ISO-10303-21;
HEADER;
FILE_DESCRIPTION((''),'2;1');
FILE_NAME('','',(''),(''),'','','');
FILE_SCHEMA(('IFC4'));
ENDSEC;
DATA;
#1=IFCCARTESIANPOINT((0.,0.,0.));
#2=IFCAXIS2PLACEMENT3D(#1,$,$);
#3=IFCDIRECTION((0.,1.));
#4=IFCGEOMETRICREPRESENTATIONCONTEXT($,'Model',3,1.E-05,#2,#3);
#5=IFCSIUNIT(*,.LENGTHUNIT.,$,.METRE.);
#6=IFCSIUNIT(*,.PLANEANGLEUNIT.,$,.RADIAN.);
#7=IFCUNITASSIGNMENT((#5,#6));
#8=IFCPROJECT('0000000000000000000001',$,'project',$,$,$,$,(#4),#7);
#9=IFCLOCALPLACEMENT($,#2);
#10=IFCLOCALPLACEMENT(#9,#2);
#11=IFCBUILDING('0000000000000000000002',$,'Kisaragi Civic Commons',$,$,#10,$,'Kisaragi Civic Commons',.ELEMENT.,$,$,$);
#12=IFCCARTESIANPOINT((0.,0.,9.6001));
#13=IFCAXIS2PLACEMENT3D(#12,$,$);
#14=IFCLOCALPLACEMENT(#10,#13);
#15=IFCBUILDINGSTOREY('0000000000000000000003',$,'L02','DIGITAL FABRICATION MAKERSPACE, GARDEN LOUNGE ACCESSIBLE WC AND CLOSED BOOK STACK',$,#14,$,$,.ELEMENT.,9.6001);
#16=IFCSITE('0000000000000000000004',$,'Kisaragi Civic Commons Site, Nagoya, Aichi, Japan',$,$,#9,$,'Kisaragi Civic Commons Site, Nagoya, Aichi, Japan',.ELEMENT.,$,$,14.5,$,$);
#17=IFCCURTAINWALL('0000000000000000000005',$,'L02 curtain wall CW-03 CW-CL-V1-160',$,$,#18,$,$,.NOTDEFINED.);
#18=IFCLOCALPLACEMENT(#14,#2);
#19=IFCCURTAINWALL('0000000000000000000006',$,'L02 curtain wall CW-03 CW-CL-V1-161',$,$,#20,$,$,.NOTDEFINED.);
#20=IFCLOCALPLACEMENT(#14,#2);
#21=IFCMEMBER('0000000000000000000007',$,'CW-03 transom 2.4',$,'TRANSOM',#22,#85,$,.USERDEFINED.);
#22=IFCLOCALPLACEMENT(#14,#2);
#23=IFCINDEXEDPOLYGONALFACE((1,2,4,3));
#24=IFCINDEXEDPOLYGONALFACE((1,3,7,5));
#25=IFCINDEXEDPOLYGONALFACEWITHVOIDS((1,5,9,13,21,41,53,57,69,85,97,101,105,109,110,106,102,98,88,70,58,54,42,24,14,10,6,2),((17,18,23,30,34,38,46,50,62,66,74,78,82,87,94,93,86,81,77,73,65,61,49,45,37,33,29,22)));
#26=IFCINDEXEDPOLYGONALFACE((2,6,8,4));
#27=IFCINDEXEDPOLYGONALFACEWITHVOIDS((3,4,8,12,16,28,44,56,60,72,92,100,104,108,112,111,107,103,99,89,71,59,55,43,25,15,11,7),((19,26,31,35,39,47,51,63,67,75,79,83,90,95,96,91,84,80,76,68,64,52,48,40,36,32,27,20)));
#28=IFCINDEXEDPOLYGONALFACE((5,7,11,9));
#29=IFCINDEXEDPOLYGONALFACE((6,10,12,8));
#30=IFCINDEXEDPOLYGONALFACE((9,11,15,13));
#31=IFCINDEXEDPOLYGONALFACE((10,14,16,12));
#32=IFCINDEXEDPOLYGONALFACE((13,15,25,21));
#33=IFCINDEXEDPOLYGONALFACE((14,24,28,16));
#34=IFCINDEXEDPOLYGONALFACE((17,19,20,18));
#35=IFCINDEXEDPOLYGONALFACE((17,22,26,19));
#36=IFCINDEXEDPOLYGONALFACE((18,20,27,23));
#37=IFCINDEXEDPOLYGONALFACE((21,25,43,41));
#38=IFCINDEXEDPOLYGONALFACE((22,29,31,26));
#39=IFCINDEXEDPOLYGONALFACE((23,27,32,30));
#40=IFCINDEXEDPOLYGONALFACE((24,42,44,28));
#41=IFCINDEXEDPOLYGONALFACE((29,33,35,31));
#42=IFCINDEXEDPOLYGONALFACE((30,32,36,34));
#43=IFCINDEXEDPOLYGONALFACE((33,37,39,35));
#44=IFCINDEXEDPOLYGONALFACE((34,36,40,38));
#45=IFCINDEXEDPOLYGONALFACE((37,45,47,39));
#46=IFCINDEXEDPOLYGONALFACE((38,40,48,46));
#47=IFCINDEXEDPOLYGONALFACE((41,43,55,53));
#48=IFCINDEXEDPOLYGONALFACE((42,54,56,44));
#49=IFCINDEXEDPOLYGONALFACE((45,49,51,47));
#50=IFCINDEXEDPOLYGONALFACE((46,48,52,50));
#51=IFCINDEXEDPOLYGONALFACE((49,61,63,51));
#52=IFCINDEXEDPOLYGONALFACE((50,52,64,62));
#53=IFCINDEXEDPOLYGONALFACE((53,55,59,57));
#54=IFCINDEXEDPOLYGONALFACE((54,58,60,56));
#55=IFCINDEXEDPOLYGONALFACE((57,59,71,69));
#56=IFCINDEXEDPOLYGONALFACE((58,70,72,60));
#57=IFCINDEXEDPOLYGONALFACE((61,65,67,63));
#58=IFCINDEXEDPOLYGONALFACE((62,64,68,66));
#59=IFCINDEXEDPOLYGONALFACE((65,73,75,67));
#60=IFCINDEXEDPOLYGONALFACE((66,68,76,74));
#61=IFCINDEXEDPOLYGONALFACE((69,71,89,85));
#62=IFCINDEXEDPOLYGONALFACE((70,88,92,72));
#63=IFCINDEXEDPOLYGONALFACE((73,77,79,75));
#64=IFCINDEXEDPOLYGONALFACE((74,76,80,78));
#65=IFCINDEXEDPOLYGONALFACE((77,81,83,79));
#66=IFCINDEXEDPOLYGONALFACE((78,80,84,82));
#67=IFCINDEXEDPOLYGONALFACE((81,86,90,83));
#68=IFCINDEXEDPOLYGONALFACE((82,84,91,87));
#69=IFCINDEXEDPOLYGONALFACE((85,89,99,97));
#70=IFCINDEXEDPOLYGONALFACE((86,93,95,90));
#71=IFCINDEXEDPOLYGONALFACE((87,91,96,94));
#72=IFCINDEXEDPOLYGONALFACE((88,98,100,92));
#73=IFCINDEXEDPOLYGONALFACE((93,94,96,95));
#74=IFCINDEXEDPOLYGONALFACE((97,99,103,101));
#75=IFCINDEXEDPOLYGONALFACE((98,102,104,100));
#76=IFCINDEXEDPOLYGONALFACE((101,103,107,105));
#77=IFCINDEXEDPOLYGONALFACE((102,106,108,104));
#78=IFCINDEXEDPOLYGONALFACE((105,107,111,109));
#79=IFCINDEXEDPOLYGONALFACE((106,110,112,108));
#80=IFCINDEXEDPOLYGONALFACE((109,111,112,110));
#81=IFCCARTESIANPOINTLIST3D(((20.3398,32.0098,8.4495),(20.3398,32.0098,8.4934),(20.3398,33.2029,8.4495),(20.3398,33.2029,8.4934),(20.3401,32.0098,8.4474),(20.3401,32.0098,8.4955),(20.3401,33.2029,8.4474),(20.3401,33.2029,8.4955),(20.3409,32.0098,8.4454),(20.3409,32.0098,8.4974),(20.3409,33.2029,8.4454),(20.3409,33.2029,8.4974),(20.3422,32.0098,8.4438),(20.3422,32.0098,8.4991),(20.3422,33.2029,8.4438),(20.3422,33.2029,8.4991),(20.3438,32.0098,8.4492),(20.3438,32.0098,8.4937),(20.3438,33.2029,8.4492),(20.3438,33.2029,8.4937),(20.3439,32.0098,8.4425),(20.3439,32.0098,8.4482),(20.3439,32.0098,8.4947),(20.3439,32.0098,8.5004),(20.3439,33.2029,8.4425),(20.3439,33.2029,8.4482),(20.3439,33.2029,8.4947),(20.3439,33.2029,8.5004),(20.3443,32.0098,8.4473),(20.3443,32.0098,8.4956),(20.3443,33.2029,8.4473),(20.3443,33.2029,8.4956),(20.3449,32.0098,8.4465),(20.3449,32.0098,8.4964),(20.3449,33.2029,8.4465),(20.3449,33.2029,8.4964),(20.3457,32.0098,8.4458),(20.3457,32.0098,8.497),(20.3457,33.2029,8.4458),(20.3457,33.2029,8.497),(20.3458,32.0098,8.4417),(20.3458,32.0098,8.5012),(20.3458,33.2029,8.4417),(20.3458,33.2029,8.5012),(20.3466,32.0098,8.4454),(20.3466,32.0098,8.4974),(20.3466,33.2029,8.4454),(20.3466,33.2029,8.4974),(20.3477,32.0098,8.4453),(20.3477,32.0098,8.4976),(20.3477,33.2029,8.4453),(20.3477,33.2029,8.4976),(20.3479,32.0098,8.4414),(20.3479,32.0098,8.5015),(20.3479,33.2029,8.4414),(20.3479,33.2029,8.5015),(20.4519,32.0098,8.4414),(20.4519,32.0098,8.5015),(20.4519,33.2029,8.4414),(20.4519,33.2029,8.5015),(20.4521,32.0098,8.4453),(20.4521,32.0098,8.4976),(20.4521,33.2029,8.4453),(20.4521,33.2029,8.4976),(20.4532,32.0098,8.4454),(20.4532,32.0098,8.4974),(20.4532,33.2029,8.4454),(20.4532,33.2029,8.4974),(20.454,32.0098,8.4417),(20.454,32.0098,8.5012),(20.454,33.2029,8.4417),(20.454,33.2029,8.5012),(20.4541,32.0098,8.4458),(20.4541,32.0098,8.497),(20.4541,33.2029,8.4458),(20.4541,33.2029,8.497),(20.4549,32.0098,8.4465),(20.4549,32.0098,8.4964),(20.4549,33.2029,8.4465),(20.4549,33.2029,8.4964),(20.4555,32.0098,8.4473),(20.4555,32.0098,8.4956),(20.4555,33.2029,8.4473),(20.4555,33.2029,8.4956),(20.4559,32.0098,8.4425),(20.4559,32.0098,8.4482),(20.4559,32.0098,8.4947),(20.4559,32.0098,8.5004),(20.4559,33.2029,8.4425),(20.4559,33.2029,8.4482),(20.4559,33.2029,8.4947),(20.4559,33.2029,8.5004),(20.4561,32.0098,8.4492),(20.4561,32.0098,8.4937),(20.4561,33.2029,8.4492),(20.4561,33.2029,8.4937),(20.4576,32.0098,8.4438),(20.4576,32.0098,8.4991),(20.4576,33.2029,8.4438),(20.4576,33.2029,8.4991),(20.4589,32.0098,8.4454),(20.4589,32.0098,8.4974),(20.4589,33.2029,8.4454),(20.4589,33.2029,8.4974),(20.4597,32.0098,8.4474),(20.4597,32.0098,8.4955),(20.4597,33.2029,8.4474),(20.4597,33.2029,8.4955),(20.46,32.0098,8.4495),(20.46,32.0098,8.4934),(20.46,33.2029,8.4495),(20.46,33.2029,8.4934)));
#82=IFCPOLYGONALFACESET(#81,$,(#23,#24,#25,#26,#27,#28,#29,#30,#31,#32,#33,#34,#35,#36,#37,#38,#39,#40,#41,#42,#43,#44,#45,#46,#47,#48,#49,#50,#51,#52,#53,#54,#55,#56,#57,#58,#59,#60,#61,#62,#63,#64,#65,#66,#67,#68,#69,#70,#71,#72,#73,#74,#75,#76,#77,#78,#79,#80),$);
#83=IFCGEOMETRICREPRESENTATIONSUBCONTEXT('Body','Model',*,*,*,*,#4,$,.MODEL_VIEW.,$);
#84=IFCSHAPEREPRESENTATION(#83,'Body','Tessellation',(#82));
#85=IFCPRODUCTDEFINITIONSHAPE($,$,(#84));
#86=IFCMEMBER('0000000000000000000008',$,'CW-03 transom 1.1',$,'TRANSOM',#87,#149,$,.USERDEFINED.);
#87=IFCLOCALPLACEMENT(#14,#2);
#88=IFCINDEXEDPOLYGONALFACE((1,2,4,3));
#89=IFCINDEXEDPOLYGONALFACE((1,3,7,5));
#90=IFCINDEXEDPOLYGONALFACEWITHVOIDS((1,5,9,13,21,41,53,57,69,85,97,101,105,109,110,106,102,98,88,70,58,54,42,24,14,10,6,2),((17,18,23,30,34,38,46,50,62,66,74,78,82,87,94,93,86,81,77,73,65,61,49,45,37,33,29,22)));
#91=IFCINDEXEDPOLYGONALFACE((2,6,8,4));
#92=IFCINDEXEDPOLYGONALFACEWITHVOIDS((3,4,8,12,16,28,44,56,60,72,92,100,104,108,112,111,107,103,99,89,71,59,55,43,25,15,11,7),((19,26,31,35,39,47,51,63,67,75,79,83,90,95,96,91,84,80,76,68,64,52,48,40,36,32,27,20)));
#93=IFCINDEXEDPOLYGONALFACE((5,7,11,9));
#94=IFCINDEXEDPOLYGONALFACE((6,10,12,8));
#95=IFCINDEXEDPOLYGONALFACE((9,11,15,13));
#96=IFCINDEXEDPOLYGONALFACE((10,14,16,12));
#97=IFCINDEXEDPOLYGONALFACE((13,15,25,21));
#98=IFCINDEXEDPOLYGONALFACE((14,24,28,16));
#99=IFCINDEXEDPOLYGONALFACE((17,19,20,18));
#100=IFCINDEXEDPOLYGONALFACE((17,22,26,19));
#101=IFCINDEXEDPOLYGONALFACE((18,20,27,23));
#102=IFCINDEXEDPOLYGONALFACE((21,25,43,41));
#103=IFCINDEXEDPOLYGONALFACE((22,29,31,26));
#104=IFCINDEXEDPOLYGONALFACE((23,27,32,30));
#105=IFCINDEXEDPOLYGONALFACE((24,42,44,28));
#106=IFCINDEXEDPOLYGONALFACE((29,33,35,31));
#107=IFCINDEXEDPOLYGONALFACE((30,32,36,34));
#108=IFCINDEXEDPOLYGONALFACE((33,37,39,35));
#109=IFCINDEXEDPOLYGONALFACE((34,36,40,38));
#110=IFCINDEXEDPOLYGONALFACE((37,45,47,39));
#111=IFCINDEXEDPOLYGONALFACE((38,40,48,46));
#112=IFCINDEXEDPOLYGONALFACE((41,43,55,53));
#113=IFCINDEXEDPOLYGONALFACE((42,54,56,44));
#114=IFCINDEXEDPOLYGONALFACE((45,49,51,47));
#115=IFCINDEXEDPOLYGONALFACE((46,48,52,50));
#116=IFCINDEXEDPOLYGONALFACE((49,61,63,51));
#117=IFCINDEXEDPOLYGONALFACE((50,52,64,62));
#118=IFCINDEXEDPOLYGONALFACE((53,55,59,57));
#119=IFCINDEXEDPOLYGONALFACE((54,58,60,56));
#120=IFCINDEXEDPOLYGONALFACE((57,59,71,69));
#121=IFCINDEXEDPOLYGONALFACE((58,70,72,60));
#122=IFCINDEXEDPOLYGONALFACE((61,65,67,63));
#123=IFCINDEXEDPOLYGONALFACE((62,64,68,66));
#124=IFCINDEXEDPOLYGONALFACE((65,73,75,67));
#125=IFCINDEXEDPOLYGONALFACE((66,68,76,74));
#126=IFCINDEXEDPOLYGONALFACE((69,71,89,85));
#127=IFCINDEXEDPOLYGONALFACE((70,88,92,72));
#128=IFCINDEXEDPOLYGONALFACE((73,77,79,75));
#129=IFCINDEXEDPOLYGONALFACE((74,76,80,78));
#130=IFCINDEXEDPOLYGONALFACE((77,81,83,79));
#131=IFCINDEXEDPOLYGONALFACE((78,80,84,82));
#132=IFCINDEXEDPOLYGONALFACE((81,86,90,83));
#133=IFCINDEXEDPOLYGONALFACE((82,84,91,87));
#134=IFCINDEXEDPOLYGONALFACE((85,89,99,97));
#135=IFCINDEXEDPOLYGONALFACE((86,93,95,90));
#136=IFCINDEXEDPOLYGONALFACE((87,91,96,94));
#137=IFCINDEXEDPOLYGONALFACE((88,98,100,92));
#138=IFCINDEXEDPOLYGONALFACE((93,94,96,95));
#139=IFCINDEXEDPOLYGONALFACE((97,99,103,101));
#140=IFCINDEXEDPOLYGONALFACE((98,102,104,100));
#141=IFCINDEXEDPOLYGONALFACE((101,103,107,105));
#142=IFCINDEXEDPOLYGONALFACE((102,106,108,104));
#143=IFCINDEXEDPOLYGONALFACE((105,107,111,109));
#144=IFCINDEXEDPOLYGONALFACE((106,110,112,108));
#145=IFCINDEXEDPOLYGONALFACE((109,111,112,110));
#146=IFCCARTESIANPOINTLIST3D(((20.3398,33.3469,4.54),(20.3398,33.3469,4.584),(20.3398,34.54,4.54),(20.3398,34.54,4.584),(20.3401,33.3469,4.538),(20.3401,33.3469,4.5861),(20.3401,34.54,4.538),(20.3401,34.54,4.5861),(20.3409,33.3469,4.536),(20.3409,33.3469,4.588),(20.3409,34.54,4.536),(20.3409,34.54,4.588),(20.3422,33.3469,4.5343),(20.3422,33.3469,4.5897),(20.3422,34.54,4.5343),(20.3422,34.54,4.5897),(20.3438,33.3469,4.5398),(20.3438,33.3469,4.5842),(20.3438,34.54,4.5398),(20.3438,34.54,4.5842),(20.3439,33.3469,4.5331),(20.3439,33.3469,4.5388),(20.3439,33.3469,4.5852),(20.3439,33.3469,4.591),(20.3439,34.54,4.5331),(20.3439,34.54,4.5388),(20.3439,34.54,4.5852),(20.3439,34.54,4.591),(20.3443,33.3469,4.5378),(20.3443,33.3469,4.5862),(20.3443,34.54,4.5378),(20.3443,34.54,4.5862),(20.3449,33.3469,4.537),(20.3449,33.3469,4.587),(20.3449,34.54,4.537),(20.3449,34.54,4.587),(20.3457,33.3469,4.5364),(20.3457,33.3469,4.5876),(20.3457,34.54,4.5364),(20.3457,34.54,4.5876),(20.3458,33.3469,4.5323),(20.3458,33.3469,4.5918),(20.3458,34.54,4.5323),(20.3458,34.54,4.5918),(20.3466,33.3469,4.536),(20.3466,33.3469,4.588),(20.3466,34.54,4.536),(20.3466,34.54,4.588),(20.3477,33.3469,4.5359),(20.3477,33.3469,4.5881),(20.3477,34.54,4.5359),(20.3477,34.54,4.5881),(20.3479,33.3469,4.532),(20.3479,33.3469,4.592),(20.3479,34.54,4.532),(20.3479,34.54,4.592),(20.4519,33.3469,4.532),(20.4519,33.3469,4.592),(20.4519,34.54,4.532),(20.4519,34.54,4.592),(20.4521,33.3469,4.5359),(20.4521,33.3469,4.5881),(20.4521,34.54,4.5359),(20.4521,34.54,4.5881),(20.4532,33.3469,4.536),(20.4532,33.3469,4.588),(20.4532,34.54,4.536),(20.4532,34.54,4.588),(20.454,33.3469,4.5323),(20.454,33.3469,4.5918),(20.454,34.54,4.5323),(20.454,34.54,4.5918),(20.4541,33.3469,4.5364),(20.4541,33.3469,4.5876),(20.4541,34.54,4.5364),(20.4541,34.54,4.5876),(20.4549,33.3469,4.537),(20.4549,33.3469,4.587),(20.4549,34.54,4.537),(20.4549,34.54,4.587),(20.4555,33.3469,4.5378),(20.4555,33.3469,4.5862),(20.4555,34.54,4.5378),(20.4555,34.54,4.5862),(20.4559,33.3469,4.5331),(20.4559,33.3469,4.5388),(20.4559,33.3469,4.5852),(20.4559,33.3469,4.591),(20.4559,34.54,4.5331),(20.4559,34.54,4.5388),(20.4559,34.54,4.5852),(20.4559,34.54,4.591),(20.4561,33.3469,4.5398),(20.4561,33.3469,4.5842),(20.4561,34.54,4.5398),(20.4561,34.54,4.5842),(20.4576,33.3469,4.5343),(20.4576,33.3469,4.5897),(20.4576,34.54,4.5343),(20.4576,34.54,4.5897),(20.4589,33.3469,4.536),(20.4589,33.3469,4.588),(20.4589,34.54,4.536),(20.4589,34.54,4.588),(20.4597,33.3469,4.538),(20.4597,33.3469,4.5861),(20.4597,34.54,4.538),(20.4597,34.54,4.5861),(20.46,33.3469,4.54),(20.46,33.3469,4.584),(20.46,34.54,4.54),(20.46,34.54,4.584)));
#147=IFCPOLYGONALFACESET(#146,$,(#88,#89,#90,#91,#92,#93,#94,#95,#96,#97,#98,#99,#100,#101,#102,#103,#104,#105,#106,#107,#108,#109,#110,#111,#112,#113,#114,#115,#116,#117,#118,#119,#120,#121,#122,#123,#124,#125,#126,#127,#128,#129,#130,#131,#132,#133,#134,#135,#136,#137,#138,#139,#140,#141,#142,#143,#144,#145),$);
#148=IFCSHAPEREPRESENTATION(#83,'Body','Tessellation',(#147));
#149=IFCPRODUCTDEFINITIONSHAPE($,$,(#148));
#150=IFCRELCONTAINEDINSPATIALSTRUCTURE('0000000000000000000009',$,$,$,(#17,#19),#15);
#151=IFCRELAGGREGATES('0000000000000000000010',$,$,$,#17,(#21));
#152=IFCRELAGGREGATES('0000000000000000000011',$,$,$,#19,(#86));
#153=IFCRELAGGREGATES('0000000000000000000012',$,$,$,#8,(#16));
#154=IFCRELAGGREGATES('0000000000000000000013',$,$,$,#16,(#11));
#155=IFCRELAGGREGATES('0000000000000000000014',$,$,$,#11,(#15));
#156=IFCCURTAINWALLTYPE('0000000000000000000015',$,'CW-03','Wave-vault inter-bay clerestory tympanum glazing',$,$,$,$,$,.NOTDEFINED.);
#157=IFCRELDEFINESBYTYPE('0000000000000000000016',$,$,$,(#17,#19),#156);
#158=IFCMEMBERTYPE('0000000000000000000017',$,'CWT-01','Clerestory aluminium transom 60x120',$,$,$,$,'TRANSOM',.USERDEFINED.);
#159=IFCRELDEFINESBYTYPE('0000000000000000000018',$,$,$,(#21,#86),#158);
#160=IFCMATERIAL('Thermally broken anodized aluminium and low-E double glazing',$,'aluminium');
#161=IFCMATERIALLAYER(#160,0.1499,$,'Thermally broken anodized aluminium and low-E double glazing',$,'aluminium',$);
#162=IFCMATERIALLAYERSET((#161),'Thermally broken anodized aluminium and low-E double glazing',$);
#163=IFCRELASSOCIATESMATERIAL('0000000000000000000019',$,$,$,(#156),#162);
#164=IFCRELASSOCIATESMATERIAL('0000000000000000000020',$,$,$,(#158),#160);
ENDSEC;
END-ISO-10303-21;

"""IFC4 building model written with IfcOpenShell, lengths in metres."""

from ifc_helpers import new_model, si_unit, direction, frame, origin, origin_2d, place, context, subcontext, project, spatial, hollow_rectangle, extrude, material, layer, layer_set, material_profile, profile_set, type_object, element, aggregate, save


model = new_model("IFC4")

# Units and contexts
model_context = context("Model", 3, precision=1e-05, world=origin(), true_north=direction((0.0, 1.0)))
body_context = subcontext(model_context, "Body", "Model", "MODEL_VIEW")
ifc_project = project(units=[si_unit("LENGTHUNIT", "METRE"), si_unit("PLANEANGLEUNIT", "RADIAN")], contexts=[model_context])

# Site, building, storey
site_placement = place(None, origin())
site = spatial("IfcSite", under=ifc_project, at=site_placement, Name="Kisaragi Civic Commons Site, Nagoya, Aichi, Japan", LongName="Kisaragi Civic Commons Site, Nagoya, Aichi, Japan", CompositionType="ELEMENT", RefElevation=14.5)
building_placement = place(site_placement, origin())
building = spatial("IfcBuilding", under=site, at=building_placement, Name="Kisaragi Civic Commons", LongName="Kisaragi Civic Commons", CompositionType="ELEMENT")
storey_placement = place(building_placement, frame((0.0, 0.0, 9.6001)))
storey = spatial("IfcBuildingStorey", under=building, at=storey_placement, Name="L02", Description="DIGITAL FABRICATION MAKERSPACE, GARDEN LOUNGE ACCESSIBLE WC AND CLOSED BOOK STACK", CompositionType="ELEMENT", Elevation=9.6001)

# Curtain walls
ifc_material_1 = material(Name="Thermally broken anodized aluminium and low-E double glazing", Category="aluminium")
ifc_layer_1 = layer(ifc_material_1, 0.1499, Name="Thermally broken anodized aluminium and low-E double glazing", Category="aluminium")
ifc_layer_set_1 = layer_set([ifc_layer_1], Name="Thermally broken anodized aluminium and low-E double glazing")
curtain_wall_type = type_object("IfcCurtainWallType", Name="CW-03", Description="Wave-vault inter-bay clerestory tympanum glazing", PredefinedType="NOTDEFINED", material=ifc_layer_set_1)
curtain_wall_1_placement = place(storey_placement, origin())
curtain_wall_1 = element("IfcCurtainWall", 1, at=curtain_wall_1_placement, inside=storey, type_object=curtain_wall_type, Name="L02 curtain wall CW-03 CW-CL-V1-160", PredefinedType="NOTDEFINED")
curtain_wall_2_placement = place(storey_placement, origin())
curtain_wall_2 = element("IfcCurtainWall", 2, at=curtain_wall_2_placement, inside=storey, type_object=curtain_wall_type, Name="L02 curtain wall CW-03 CW-CL-V1-161", PredefinedType="NOTDEFINED")

# Members
ifc_material_profile_1 = material_profile(ifc_material_1, hollow_rectangle(XDim=0.1201, YDim=0.0601, WallThickness=0.0039, InnerFilletRadius=0.0039, OuterFilletRadius=0.0081, at=origin_2d()), Name="CWT-60x120x4", Category="aluminium")
ifc_profile_set_1 = profile_set([ifc_material_profile_1], Name="Thermally broken anodized aluminium and low-E double glazing")
member_type_1 = type_object("IfcMemberType", Name="CWT-01", Description="Clerestory aluminium transom 60x120", ElementType="TRANSOM", PredefinedType="USERDEFINED", material=ifc_profile_set_1)
member_1_placement = place(storey_placement, frame((20.3999, 32.0098, 8.4714), z_axis=(0.0, 1.0, 0.0), x_axis=(-1.0, 0.0, 0.0)))
member_1 = element("IfcMember", 3, at=member_1_placement, type_object=member_type_1, Name="CW-03 transom 2.4", ObjectType="TRANSOM", PredefinedType="USERDEFINED", context=body_context, shape_type="SweptSolid", body=[
    extrude(hollow_rectangle(XDim=0.1201, YDim=0.0601, WallThickness=0.0039, InnerFilletRadius=0.0039, OuterFilletRadius=0.0081, at=origin_2d()), origin(), (0.0, 0.0, 1.0), 1.1931),
])
member_2_placement = place(storey_placement, frame((20.3999, 33.3469, 4.562), z_axis=(0.0, 1.0, 0.0), x_axis=(-1.0, 0.0, 0.0)))
member_2 = element("IfcMember", 4, at=member_2_placement, type_object=member_type_1, Name="CW-03 transom 1.1", ObjectType="TRANSOM", PredefinedType="USERDEFINED", context=body_context, shape_type="SweptSolid", body=[
    extrude(hollow_rectangle(XDim=0.1201, YDim=0.0601, WallThickness=0.0039, InnerFilletRadius=0.0039, OuterFilletRadius=0.0081, at=origin_2d()), origin(), (0.0, 0.0, 1.0), 1.1931),
])

aggregate(curtain_wall_1, [member_1])
aggregate(curtain_wall_2, [member_2])

save(model, "model.ifc")
